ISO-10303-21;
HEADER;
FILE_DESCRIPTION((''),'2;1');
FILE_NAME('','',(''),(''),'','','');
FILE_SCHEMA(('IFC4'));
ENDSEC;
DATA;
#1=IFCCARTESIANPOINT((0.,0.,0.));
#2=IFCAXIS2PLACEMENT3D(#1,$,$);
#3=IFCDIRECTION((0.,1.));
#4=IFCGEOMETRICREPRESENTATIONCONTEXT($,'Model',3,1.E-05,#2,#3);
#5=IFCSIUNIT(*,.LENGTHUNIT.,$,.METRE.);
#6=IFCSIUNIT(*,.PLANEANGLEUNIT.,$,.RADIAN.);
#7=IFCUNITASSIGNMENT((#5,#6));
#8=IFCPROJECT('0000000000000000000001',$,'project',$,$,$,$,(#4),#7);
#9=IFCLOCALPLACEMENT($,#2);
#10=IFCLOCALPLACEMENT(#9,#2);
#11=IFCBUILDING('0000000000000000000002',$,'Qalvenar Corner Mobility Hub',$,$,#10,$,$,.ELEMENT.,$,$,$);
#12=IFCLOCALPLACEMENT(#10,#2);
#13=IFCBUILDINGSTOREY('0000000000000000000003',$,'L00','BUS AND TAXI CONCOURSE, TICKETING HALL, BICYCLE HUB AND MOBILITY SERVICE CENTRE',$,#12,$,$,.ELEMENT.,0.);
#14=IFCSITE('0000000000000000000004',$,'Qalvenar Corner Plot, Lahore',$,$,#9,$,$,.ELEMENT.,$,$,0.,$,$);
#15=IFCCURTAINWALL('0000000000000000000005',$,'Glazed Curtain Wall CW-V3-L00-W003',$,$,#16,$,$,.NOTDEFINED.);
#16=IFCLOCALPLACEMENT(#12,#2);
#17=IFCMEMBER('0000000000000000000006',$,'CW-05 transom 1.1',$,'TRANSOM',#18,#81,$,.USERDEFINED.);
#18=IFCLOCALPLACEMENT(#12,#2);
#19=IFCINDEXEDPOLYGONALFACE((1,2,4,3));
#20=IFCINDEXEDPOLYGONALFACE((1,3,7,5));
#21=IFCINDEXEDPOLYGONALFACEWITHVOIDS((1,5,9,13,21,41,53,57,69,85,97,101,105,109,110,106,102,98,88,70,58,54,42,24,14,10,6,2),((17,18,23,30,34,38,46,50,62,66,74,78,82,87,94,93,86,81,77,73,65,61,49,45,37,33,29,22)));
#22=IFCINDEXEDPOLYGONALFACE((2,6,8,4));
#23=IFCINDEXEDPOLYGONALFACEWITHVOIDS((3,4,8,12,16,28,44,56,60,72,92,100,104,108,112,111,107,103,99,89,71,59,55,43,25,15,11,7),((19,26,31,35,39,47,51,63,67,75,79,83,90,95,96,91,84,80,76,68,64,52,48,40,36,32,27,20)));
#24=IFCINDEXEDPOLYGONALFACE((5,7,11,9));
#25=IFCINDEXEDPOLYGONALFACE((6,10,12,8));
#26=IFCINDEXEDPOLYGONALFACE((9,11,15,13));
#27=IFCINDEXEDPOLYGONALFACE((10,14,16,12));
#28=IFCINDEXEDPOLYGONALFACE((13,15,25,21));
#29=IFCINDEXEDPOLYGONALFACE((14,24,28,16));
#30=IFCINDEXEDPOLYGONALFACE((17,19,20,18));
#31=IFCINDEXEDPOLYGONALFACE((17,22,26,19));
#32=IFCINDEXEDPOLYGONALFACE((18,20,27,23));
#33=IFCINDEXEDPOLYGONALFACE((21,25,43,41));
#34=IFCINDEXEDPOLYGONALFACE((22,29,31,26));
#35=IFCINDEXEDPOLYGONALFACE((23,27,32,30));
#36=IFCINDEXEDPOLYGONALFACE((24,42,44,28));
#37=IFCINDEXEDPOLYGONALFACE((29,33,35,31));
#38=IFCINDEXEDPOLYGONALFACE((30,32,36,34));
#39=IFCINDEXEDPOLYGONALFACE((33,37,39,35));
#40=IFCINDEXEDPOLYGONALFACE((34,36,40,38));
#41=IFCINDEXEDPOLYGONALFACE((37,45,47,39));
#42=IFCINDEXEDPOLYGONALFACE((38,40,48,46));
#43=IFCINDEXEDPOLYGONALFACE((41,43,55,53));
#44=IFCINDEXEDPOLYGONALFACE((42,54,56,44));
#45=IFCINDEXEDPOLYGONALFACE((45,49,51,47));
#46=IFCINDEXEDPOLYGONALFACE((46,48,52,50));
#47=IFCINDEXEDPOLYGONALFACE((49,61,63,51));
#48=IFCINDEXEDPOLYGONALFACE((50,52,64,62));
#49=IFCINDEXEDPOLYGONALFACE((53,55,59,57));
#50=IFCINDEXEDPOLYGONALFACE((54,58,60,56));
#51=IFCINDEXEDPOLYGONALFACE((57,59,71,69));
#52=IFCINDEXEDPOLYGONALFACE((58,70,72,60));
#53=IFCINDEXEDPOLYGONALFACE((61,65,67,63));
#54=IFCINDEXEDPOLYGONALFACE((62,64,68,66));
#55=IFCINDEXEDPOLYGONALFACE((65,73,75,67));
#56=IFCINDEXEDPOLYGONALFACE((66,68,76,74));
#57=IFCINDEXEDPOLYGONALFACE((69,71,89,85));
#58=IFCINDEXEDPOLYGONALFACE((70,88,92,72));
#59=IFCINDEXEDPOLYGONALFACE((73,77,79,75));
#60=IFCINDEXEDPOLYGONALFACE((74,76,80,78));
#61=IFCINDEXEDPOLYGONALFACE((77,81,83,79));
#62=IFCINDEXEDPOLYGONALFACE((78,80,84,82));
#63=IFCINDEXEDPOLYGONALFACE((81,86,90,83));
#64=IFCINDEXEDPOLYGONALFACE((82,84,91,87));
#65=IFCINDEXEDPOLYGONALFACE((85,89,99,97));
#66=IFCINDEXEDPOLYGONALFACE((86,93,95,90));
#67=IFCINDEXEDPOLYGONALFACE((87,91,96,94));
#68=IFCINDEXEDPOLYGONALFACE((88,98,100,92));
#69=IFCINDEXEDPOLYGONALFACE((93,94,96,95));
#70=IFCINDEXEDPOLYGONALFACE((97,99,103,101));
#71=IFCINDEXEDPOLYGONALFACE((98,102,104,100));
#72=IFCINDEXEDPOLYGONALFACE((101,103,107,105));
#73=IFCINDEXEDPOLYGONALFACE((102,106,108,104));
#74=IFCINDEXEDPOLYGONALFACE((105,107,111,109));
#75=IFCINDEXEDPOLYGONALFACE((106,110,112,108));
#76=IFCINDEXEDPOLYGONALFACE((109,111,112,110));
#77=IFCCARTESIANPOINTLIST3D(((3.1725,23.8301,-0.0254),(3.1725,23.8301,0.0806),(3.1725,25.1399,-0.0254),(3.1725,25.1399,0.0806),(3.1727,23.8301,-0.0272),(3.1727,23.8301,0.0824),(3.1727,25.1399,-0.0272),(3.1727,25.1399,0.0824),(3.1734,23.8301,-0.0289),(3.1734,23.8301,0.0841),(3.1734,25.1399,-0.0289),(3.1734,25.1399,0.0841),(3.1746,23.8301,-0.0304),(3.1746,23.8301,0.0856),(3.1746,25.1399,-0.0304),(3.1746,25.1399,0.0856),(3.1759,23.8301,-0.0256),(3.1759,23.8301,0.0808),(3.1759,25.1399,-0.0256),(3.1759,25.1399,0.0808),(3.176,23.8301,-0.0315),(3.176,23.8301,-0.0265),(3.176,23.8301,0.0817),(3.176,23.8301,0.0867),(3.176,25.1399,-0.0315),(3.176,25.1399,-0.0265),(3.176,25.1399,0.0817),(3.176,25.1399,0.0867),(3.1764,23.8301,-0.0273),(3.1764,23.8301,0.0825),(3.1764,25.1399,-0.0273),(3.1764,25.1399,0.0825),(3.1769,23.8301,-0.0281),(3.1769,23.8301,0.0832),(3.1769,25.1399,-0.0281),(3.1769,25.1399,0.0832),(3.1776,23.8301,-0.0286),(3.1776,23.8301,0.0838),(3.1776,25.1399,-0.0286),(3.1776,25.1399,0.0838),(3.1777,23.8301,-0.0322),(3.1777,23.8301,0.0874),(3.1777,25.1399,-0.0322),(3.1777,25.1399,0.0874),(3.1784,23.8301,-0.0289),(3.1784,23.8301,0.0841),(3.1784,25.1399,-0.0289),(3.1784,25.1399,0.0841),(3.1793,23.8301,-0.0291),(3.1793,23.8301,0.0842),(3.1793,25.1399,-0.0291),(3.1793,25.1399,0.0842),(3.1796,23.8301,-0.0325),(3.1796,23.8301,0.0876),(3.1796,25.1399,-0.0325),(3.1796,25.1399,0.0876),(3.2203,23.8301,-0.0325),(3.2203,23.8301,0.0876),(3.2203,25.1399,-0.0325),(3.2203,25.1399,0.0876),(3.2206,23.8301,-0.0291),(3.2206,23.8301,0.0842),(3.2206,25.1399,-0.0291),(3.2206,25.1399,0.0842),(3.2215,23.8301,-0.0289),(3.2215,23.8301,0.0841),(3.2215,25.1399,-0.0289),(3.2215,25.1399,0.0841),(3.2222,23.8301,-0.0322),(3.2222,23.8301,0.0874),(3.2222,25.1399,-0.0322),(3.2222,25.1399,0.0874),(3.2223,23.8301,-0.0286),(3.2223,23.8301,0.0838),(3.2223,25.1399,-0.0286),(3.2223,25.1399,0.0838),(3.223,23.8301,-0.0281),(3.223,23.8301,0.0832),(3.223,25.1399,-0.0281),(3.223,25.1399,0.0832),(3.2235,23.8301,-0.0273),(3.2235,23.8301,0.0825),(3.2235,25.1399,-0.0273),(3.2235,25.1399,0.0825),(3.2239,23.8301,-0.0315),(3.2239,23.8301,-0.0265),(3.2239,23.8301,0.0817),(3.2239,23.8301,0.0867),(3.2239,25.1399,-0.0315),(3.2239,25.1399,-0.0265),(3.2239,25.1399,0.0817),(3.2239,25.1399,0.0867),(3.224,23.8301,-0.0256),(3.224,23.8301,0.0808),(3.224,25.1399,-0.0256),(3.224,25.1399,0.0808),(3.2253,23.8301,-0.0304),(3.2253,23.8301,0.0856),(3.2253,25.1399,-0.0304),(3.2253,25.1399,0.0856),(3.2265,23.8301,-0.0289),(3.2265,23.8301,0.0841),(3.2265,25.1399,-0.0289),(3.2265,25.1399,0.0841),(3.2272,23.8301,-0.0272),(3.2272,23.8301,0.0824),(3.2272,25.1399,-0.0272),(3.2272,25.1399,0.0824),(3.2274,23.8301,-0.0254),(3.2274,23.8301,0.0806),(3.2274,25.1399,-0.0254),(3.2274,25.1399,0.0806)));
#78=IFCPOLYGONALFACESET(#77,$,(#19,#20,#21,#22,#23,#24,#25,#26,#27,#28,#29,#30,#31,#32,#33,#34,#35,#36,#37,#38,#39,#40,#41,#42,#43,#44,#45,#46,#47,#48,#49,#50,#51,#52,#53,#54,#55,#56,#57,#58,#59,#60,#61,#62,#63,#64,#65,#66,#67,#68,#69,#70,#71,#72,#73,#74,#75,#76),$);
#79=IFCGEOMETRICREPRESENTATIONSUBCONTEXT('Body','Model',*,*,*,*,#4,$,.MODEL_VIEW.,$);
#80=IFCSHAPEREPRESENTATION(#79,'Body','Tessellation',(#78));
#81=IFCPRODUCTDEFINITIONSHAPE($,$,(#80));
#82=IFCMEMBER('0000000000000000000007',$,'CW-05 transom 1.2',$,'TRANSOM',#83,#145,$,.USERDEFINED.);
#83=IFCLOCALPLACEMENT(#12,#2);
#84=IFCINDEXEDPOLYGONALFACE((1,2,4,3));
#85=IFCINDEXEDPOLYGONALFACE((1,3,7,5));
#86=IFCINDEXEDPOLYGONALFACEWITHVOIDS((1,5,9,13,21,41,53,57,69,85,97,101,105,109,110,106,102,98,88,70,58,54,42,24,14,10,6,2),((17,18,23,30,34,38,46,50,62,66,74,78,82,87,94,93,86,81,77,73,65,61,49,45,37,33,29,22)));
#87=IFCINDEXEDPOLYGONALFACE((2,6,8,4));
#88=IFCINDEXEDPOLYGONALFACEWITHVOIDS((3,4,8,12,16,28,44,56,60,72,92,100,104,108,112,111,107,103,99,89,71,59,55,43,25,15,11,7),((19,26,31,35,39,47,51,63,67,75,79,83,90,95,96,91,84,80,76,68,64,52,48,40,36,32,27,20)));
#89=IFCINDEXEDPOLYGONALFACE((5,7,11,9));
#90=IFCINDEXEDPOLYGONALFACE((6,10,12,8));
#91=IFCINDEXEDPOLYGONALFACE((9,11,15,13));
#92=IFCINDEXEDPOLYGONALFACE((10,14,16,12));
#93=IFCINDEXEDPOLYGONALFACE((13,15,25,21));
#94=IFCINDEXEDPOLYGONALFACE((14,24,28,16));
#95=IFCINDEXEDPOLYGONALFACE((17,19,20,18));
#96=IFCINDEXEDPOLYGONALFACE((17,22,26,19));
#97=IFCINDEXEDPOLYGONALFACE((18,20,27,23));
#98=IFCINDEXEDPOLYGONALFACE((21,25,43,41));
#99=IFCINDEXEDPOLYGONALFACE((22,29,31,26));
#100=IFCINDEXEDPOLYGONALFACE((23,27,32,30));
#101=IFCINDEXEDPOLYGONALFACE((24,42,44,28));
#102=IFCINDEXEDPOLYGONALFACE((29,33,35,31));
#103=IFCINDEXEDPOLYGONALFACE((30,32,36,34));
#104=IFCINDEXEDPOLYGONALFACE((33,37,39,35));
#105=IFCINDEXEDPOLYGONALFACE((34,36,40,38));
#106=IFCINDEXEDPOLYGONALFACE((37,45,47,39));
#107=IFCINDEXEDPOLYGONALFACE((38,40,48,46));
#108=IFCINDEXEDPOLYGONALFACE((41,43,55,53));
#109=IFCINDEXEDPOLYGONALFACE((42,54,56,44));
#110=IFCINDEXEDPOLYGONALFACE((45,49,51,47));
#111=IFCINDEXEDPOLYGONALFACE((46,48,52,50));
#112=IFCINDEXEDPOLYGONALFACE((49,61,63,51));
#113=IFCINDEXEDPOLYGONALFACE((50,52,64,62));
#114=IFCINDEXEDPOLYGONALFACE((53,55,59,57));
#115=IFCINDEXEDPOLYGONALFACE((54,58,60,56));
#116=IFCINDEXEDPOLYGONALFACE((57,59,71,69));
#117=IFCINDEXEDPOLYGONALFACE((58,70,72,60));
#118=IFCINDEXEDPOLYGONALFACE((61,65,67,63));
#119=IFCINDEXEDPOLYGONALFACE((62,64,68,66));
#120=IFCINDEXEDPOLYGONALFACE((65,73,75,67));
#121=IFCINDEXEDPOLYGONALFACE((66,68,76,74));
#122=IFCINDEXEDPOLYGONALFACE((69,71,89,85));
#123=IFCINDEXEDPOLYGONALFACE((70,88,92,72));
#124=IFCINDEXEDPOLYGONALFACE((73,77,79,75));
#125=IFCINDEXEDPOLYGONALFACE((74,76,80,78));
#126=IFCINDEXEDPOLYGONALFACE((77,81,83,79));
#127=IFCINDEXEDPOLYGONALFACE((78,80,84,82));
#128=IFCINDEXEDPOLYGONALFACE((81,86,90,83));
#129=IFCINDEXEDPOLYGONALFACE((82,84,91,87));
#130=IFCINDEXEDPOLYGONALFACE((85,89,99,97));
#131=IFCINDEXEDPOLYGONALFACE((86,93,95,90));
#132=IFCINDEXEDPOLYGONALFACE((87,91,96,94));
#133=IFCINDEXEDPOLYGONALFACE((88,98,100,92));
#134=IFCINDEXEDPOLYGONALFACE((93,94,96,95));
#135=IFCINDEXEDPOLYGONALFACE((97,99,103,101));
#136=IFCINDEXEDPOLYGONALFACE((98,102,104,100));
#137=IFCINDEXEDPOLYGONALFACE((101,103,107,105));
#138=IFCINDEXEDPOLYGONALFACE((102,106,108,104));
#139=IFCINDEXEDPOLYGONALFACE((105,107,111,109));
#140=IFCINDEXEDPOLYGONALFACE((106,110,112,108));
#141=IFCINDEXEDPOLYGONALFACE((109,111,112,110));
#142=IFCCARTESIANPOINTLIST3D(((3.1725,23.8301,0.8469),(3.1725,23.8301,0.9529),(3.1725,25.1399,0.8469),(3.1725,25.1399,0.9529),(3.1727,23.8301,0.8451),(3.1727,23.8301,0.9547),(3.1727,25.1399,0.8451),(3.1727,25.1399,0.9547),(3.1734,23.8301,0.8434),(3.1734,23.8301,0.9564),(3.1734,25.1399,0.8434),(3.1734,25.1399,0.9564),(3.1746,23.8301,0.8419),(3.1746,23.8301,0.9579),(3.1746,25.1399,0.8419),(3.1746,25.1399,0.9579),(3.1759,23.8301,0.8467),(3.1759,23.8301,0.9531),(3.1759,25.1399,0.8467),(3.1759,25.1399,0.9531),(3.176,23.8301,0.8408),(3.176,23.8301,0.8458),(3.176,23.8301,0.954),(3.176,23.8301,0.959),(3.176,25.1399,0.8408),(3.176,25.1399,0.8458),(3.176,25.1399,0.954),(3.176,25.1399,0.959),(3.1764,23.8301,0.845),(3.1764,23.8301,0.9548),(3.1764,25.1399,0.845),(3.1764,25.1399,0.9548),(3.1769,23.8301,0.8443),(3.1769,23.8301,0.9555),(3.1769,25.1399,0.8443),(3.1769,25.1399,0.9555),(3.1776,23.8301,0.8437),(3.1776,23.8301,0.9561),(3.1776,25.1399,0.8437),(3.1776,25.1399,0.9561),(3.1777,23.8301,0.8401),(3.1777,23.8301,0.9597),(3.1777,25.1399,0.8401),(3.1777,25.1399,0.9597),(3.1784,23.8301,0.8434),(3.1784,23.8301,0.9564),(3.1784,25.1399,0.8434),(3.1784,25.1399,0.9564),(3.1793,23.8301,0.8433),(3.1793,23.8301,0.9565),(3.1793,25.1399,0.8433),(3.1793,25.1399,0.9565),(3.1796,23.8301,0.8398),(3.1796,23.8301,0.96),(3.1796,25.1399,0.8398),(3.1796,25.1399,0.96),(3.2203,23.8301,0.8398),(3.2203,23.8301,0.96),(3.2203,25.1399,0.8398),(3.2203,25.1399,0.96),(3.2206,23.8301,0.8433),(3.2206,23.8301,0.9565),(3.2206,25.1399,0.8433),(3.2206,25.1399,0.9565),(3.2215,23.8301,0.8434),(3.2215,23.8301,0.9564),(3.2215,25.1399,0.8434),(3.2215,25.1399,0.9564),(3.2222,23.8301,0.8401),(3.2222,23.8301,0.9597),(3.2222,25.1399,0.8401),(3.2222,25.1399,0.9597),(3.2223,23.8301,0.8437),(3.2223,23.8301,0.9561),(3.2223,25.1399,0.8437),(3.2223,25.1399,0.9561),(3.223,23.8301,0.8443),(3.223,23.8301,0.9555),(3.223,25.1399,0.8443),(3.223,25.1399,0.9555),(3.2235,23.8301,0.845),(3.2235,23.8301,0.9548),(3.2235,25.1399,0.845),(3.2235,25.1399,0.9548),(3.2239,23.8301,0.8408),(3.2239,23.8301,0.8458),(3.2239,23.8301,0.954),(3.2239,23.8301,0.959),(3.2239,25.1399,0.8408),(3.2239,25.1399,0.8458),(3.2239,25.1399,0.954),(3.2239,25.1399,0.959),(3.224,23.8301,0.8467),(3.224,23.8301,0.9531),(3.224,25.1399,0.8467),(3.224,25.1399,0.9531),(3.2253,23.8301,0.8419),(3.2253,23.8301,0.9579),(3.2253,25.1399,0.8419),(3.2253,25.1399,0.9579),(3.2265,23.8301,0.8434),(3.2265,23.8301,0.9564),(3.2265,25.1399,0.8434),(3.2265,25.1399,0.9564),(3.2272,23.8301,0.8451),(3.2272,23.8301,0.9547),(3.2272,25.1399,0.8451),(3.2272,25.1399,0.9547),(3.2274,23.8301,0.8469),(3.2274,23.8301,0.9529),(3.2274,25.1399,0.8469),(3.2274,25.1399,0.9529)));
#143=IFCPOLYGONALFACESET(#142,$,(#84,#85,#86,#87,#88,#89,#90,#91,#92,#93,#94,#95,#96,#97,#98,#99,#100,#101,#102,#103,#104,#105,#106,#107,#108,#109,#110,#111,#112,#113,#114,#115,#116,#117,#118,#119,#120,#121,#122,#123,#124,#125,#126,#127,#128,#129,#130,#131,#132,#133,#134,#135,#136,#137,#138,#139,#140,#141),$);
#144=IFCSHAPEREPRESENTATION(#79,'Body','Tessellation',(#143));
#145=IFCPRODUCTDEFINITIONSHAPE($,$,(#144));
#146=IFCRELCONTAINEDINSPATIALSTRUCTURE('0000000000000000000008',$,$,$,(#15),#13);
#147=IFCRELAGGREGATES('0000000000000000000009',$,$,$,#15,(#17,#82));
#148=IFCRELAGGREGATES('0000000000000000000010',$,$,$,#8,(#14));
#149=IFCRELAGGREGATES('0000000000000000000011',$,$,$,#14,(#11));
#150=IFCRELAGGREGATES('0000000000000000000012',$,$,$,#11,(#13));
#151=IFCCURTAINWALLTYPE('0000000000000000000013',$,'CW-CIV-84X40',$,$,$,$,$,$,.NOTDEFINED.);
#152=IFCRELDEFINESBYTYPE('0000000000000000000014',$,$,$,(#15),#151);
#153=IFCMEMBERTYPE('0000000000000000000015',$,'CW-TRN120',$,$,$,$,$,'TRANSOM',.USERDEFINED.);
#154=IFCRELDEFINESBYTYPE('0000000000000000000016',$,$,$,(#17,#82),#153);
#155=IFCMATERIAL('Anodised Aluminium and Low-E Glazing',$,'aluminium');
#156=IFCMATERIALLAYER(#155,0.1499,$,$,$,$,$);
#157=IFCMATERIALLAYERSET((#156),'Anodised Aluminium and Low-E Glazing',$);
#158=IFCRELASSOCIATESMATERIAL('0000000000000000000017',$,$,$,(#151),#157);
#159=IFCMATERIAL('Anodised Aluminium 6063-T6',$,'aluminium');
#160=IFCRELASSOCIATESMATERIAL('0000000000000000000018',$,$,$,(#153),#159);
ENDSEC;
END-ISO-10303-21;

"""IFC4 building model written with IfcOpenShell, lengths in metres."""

from ifc_helpers import new_model, si_unit, direction, frame, origin, origin_2d, place, context, subcontext, project, spatial, hollow_rectangle, extrude, material, layer, layer_set, material_profile, profile_set, type_object, element, aggregate, save


model = new_model("IFC4")

# Units and contexts
model_context = context("Model", 3, precision=1e-05, world=origin(), true_north=direction((0.0, 1.0)))
body_context = subcontext(model_context, "Body", "Model", "MODEL_VIEW")
ifc_project = project(units=[si_unit("LENGTHUNIT", "METRE"), si_unit("PLANEANGLEUNIT", "RADIAN")], contexts=[model_context])

# Site, building, storey
site_placement = place(None, origin())
site = spatial("IfcSite", under=ifc_project, at=site_placement, Name="Qalvenar Corner Plot, Lahore", CompositionType="ELEMENT", RefElevation=0.0)
building_placement = place(site_placement, origin())
building = spatial("IfcBuilding", under=site, at=building_placement, Name="Qalvenar Corner Mobility Hub", CompositionType="ELEMENT")
storey_placement = place(building_placement, origin())
storey = spatial("IfcBuildingStorey", under=building, at=storey_placement, Name="L00", Description="BUS AND TAXI CONCOURSE, TICKETING HALL, BICYCLE HUB AND MOBILITY SERVICE CENTRE", CompositionType="ELEMENT", Elevation=0.0)

# Curtain wall
ifc_material_1 = material(Name="Anodised Aluminium and Low-E Glazing", Category="aluminium")
ifc_layer_1 = layer(ifc_material_1, 0.1499)
ifc_layer_set_1 = layer_set([ifc_layer_1], Name="Anodised Aluminium and Low-E Glazing")
curtain_wall_type = type_object("IfcCurtainWallType", Name="CW-CIV-84X40", PredefinedType="NOTDEFINED", material=ifc_layer_set_1)
curtain_wall_1_placement = place(storey_placement, origin())
curtain_wall_1 = element("IfcCurtainWall", 1, at=curtain_wall_1_placement, inside=storey, type_object=curtain_wall_type, Name="Glazed Curtain Wall CW-V3-L00-W003", PredefinedType="NOTDEFINED")
ifc_material_2 = material(Name="Anodised Aluminium 6063-T6", Category="aluminium")

# Members
ifc_material_profile_1 = material_profile(ifc_material_2, hollow_rectangle(XDim=0.0549, YDim=0.1201, WallThickness=0.0034, InnerFilletRadius=0.0034, OuterFilletRadius=0.0071, at=origin_2d()), Name="RHS120x55x3.5")
ifc_profile_set_1 = profile_set([ifc_material_profile_1], Name="Anodised Aluminium 6063-T6")
member_type_1 = type_object("IfcMemberType", Name="CW-TRN120", ElementType="TRANSOM", PredefinedType="USERDEFINED", material=ifc_profile_set_1)
member_1_placement = place(storey_placement, frame((3.2, 25.1399, 0.0276), z_axis=(0.0, -1.0, 0.0), x_axis=(1.0, 0.0, 0.0)))
member_1 = element("IfcMember", 2, at=member_1_placement, type_object=member_type_1, Name="CW-05 transom 1.1", ObjectType="TRANSOM", PredefinedType="USERDEFINED", context=body_context, shape_type="SweptSolid", body=[
    extrude(hollow_rectangle(XDim=0.0549, YDim=0.1201, WallThickness=0.0034, InnerFilletRadius=0.0034, OuterFilletRadius=0.0071, at=origin_2d()), origin(), (0.0, 0.0, 1.0), 1.3098),
])
member_2_placement = place(storey_placement, frame((3.2, 25.1399, 0.8999), z_axis=(0.0, -1.0, 0.0), x_axis=(1.0, 0.0, 0.0)))
member_2 = element("IfcMember", 3, at=member_2_placement, type_object=member_type_1, Name="CW-05 transom 1.2", ObjectType="TRANSOM", PredefinedType="USERDEFINED", context=body_context, shape_type="SweptSolid", body=[
    extrude(hollow_rectangle(XDim=0.0549, YDim=0.1201, WallThickness=0.0034, InnerFilletRadius=0.0034, OuterFilletRadius=0.0071, at=origin_2d()), origin(), (0.0, 0.0, 1.0), 1.3098),
])

aggregate(curtain_wall_1, [member_1, member_2])

save(model, "model.ifc")
